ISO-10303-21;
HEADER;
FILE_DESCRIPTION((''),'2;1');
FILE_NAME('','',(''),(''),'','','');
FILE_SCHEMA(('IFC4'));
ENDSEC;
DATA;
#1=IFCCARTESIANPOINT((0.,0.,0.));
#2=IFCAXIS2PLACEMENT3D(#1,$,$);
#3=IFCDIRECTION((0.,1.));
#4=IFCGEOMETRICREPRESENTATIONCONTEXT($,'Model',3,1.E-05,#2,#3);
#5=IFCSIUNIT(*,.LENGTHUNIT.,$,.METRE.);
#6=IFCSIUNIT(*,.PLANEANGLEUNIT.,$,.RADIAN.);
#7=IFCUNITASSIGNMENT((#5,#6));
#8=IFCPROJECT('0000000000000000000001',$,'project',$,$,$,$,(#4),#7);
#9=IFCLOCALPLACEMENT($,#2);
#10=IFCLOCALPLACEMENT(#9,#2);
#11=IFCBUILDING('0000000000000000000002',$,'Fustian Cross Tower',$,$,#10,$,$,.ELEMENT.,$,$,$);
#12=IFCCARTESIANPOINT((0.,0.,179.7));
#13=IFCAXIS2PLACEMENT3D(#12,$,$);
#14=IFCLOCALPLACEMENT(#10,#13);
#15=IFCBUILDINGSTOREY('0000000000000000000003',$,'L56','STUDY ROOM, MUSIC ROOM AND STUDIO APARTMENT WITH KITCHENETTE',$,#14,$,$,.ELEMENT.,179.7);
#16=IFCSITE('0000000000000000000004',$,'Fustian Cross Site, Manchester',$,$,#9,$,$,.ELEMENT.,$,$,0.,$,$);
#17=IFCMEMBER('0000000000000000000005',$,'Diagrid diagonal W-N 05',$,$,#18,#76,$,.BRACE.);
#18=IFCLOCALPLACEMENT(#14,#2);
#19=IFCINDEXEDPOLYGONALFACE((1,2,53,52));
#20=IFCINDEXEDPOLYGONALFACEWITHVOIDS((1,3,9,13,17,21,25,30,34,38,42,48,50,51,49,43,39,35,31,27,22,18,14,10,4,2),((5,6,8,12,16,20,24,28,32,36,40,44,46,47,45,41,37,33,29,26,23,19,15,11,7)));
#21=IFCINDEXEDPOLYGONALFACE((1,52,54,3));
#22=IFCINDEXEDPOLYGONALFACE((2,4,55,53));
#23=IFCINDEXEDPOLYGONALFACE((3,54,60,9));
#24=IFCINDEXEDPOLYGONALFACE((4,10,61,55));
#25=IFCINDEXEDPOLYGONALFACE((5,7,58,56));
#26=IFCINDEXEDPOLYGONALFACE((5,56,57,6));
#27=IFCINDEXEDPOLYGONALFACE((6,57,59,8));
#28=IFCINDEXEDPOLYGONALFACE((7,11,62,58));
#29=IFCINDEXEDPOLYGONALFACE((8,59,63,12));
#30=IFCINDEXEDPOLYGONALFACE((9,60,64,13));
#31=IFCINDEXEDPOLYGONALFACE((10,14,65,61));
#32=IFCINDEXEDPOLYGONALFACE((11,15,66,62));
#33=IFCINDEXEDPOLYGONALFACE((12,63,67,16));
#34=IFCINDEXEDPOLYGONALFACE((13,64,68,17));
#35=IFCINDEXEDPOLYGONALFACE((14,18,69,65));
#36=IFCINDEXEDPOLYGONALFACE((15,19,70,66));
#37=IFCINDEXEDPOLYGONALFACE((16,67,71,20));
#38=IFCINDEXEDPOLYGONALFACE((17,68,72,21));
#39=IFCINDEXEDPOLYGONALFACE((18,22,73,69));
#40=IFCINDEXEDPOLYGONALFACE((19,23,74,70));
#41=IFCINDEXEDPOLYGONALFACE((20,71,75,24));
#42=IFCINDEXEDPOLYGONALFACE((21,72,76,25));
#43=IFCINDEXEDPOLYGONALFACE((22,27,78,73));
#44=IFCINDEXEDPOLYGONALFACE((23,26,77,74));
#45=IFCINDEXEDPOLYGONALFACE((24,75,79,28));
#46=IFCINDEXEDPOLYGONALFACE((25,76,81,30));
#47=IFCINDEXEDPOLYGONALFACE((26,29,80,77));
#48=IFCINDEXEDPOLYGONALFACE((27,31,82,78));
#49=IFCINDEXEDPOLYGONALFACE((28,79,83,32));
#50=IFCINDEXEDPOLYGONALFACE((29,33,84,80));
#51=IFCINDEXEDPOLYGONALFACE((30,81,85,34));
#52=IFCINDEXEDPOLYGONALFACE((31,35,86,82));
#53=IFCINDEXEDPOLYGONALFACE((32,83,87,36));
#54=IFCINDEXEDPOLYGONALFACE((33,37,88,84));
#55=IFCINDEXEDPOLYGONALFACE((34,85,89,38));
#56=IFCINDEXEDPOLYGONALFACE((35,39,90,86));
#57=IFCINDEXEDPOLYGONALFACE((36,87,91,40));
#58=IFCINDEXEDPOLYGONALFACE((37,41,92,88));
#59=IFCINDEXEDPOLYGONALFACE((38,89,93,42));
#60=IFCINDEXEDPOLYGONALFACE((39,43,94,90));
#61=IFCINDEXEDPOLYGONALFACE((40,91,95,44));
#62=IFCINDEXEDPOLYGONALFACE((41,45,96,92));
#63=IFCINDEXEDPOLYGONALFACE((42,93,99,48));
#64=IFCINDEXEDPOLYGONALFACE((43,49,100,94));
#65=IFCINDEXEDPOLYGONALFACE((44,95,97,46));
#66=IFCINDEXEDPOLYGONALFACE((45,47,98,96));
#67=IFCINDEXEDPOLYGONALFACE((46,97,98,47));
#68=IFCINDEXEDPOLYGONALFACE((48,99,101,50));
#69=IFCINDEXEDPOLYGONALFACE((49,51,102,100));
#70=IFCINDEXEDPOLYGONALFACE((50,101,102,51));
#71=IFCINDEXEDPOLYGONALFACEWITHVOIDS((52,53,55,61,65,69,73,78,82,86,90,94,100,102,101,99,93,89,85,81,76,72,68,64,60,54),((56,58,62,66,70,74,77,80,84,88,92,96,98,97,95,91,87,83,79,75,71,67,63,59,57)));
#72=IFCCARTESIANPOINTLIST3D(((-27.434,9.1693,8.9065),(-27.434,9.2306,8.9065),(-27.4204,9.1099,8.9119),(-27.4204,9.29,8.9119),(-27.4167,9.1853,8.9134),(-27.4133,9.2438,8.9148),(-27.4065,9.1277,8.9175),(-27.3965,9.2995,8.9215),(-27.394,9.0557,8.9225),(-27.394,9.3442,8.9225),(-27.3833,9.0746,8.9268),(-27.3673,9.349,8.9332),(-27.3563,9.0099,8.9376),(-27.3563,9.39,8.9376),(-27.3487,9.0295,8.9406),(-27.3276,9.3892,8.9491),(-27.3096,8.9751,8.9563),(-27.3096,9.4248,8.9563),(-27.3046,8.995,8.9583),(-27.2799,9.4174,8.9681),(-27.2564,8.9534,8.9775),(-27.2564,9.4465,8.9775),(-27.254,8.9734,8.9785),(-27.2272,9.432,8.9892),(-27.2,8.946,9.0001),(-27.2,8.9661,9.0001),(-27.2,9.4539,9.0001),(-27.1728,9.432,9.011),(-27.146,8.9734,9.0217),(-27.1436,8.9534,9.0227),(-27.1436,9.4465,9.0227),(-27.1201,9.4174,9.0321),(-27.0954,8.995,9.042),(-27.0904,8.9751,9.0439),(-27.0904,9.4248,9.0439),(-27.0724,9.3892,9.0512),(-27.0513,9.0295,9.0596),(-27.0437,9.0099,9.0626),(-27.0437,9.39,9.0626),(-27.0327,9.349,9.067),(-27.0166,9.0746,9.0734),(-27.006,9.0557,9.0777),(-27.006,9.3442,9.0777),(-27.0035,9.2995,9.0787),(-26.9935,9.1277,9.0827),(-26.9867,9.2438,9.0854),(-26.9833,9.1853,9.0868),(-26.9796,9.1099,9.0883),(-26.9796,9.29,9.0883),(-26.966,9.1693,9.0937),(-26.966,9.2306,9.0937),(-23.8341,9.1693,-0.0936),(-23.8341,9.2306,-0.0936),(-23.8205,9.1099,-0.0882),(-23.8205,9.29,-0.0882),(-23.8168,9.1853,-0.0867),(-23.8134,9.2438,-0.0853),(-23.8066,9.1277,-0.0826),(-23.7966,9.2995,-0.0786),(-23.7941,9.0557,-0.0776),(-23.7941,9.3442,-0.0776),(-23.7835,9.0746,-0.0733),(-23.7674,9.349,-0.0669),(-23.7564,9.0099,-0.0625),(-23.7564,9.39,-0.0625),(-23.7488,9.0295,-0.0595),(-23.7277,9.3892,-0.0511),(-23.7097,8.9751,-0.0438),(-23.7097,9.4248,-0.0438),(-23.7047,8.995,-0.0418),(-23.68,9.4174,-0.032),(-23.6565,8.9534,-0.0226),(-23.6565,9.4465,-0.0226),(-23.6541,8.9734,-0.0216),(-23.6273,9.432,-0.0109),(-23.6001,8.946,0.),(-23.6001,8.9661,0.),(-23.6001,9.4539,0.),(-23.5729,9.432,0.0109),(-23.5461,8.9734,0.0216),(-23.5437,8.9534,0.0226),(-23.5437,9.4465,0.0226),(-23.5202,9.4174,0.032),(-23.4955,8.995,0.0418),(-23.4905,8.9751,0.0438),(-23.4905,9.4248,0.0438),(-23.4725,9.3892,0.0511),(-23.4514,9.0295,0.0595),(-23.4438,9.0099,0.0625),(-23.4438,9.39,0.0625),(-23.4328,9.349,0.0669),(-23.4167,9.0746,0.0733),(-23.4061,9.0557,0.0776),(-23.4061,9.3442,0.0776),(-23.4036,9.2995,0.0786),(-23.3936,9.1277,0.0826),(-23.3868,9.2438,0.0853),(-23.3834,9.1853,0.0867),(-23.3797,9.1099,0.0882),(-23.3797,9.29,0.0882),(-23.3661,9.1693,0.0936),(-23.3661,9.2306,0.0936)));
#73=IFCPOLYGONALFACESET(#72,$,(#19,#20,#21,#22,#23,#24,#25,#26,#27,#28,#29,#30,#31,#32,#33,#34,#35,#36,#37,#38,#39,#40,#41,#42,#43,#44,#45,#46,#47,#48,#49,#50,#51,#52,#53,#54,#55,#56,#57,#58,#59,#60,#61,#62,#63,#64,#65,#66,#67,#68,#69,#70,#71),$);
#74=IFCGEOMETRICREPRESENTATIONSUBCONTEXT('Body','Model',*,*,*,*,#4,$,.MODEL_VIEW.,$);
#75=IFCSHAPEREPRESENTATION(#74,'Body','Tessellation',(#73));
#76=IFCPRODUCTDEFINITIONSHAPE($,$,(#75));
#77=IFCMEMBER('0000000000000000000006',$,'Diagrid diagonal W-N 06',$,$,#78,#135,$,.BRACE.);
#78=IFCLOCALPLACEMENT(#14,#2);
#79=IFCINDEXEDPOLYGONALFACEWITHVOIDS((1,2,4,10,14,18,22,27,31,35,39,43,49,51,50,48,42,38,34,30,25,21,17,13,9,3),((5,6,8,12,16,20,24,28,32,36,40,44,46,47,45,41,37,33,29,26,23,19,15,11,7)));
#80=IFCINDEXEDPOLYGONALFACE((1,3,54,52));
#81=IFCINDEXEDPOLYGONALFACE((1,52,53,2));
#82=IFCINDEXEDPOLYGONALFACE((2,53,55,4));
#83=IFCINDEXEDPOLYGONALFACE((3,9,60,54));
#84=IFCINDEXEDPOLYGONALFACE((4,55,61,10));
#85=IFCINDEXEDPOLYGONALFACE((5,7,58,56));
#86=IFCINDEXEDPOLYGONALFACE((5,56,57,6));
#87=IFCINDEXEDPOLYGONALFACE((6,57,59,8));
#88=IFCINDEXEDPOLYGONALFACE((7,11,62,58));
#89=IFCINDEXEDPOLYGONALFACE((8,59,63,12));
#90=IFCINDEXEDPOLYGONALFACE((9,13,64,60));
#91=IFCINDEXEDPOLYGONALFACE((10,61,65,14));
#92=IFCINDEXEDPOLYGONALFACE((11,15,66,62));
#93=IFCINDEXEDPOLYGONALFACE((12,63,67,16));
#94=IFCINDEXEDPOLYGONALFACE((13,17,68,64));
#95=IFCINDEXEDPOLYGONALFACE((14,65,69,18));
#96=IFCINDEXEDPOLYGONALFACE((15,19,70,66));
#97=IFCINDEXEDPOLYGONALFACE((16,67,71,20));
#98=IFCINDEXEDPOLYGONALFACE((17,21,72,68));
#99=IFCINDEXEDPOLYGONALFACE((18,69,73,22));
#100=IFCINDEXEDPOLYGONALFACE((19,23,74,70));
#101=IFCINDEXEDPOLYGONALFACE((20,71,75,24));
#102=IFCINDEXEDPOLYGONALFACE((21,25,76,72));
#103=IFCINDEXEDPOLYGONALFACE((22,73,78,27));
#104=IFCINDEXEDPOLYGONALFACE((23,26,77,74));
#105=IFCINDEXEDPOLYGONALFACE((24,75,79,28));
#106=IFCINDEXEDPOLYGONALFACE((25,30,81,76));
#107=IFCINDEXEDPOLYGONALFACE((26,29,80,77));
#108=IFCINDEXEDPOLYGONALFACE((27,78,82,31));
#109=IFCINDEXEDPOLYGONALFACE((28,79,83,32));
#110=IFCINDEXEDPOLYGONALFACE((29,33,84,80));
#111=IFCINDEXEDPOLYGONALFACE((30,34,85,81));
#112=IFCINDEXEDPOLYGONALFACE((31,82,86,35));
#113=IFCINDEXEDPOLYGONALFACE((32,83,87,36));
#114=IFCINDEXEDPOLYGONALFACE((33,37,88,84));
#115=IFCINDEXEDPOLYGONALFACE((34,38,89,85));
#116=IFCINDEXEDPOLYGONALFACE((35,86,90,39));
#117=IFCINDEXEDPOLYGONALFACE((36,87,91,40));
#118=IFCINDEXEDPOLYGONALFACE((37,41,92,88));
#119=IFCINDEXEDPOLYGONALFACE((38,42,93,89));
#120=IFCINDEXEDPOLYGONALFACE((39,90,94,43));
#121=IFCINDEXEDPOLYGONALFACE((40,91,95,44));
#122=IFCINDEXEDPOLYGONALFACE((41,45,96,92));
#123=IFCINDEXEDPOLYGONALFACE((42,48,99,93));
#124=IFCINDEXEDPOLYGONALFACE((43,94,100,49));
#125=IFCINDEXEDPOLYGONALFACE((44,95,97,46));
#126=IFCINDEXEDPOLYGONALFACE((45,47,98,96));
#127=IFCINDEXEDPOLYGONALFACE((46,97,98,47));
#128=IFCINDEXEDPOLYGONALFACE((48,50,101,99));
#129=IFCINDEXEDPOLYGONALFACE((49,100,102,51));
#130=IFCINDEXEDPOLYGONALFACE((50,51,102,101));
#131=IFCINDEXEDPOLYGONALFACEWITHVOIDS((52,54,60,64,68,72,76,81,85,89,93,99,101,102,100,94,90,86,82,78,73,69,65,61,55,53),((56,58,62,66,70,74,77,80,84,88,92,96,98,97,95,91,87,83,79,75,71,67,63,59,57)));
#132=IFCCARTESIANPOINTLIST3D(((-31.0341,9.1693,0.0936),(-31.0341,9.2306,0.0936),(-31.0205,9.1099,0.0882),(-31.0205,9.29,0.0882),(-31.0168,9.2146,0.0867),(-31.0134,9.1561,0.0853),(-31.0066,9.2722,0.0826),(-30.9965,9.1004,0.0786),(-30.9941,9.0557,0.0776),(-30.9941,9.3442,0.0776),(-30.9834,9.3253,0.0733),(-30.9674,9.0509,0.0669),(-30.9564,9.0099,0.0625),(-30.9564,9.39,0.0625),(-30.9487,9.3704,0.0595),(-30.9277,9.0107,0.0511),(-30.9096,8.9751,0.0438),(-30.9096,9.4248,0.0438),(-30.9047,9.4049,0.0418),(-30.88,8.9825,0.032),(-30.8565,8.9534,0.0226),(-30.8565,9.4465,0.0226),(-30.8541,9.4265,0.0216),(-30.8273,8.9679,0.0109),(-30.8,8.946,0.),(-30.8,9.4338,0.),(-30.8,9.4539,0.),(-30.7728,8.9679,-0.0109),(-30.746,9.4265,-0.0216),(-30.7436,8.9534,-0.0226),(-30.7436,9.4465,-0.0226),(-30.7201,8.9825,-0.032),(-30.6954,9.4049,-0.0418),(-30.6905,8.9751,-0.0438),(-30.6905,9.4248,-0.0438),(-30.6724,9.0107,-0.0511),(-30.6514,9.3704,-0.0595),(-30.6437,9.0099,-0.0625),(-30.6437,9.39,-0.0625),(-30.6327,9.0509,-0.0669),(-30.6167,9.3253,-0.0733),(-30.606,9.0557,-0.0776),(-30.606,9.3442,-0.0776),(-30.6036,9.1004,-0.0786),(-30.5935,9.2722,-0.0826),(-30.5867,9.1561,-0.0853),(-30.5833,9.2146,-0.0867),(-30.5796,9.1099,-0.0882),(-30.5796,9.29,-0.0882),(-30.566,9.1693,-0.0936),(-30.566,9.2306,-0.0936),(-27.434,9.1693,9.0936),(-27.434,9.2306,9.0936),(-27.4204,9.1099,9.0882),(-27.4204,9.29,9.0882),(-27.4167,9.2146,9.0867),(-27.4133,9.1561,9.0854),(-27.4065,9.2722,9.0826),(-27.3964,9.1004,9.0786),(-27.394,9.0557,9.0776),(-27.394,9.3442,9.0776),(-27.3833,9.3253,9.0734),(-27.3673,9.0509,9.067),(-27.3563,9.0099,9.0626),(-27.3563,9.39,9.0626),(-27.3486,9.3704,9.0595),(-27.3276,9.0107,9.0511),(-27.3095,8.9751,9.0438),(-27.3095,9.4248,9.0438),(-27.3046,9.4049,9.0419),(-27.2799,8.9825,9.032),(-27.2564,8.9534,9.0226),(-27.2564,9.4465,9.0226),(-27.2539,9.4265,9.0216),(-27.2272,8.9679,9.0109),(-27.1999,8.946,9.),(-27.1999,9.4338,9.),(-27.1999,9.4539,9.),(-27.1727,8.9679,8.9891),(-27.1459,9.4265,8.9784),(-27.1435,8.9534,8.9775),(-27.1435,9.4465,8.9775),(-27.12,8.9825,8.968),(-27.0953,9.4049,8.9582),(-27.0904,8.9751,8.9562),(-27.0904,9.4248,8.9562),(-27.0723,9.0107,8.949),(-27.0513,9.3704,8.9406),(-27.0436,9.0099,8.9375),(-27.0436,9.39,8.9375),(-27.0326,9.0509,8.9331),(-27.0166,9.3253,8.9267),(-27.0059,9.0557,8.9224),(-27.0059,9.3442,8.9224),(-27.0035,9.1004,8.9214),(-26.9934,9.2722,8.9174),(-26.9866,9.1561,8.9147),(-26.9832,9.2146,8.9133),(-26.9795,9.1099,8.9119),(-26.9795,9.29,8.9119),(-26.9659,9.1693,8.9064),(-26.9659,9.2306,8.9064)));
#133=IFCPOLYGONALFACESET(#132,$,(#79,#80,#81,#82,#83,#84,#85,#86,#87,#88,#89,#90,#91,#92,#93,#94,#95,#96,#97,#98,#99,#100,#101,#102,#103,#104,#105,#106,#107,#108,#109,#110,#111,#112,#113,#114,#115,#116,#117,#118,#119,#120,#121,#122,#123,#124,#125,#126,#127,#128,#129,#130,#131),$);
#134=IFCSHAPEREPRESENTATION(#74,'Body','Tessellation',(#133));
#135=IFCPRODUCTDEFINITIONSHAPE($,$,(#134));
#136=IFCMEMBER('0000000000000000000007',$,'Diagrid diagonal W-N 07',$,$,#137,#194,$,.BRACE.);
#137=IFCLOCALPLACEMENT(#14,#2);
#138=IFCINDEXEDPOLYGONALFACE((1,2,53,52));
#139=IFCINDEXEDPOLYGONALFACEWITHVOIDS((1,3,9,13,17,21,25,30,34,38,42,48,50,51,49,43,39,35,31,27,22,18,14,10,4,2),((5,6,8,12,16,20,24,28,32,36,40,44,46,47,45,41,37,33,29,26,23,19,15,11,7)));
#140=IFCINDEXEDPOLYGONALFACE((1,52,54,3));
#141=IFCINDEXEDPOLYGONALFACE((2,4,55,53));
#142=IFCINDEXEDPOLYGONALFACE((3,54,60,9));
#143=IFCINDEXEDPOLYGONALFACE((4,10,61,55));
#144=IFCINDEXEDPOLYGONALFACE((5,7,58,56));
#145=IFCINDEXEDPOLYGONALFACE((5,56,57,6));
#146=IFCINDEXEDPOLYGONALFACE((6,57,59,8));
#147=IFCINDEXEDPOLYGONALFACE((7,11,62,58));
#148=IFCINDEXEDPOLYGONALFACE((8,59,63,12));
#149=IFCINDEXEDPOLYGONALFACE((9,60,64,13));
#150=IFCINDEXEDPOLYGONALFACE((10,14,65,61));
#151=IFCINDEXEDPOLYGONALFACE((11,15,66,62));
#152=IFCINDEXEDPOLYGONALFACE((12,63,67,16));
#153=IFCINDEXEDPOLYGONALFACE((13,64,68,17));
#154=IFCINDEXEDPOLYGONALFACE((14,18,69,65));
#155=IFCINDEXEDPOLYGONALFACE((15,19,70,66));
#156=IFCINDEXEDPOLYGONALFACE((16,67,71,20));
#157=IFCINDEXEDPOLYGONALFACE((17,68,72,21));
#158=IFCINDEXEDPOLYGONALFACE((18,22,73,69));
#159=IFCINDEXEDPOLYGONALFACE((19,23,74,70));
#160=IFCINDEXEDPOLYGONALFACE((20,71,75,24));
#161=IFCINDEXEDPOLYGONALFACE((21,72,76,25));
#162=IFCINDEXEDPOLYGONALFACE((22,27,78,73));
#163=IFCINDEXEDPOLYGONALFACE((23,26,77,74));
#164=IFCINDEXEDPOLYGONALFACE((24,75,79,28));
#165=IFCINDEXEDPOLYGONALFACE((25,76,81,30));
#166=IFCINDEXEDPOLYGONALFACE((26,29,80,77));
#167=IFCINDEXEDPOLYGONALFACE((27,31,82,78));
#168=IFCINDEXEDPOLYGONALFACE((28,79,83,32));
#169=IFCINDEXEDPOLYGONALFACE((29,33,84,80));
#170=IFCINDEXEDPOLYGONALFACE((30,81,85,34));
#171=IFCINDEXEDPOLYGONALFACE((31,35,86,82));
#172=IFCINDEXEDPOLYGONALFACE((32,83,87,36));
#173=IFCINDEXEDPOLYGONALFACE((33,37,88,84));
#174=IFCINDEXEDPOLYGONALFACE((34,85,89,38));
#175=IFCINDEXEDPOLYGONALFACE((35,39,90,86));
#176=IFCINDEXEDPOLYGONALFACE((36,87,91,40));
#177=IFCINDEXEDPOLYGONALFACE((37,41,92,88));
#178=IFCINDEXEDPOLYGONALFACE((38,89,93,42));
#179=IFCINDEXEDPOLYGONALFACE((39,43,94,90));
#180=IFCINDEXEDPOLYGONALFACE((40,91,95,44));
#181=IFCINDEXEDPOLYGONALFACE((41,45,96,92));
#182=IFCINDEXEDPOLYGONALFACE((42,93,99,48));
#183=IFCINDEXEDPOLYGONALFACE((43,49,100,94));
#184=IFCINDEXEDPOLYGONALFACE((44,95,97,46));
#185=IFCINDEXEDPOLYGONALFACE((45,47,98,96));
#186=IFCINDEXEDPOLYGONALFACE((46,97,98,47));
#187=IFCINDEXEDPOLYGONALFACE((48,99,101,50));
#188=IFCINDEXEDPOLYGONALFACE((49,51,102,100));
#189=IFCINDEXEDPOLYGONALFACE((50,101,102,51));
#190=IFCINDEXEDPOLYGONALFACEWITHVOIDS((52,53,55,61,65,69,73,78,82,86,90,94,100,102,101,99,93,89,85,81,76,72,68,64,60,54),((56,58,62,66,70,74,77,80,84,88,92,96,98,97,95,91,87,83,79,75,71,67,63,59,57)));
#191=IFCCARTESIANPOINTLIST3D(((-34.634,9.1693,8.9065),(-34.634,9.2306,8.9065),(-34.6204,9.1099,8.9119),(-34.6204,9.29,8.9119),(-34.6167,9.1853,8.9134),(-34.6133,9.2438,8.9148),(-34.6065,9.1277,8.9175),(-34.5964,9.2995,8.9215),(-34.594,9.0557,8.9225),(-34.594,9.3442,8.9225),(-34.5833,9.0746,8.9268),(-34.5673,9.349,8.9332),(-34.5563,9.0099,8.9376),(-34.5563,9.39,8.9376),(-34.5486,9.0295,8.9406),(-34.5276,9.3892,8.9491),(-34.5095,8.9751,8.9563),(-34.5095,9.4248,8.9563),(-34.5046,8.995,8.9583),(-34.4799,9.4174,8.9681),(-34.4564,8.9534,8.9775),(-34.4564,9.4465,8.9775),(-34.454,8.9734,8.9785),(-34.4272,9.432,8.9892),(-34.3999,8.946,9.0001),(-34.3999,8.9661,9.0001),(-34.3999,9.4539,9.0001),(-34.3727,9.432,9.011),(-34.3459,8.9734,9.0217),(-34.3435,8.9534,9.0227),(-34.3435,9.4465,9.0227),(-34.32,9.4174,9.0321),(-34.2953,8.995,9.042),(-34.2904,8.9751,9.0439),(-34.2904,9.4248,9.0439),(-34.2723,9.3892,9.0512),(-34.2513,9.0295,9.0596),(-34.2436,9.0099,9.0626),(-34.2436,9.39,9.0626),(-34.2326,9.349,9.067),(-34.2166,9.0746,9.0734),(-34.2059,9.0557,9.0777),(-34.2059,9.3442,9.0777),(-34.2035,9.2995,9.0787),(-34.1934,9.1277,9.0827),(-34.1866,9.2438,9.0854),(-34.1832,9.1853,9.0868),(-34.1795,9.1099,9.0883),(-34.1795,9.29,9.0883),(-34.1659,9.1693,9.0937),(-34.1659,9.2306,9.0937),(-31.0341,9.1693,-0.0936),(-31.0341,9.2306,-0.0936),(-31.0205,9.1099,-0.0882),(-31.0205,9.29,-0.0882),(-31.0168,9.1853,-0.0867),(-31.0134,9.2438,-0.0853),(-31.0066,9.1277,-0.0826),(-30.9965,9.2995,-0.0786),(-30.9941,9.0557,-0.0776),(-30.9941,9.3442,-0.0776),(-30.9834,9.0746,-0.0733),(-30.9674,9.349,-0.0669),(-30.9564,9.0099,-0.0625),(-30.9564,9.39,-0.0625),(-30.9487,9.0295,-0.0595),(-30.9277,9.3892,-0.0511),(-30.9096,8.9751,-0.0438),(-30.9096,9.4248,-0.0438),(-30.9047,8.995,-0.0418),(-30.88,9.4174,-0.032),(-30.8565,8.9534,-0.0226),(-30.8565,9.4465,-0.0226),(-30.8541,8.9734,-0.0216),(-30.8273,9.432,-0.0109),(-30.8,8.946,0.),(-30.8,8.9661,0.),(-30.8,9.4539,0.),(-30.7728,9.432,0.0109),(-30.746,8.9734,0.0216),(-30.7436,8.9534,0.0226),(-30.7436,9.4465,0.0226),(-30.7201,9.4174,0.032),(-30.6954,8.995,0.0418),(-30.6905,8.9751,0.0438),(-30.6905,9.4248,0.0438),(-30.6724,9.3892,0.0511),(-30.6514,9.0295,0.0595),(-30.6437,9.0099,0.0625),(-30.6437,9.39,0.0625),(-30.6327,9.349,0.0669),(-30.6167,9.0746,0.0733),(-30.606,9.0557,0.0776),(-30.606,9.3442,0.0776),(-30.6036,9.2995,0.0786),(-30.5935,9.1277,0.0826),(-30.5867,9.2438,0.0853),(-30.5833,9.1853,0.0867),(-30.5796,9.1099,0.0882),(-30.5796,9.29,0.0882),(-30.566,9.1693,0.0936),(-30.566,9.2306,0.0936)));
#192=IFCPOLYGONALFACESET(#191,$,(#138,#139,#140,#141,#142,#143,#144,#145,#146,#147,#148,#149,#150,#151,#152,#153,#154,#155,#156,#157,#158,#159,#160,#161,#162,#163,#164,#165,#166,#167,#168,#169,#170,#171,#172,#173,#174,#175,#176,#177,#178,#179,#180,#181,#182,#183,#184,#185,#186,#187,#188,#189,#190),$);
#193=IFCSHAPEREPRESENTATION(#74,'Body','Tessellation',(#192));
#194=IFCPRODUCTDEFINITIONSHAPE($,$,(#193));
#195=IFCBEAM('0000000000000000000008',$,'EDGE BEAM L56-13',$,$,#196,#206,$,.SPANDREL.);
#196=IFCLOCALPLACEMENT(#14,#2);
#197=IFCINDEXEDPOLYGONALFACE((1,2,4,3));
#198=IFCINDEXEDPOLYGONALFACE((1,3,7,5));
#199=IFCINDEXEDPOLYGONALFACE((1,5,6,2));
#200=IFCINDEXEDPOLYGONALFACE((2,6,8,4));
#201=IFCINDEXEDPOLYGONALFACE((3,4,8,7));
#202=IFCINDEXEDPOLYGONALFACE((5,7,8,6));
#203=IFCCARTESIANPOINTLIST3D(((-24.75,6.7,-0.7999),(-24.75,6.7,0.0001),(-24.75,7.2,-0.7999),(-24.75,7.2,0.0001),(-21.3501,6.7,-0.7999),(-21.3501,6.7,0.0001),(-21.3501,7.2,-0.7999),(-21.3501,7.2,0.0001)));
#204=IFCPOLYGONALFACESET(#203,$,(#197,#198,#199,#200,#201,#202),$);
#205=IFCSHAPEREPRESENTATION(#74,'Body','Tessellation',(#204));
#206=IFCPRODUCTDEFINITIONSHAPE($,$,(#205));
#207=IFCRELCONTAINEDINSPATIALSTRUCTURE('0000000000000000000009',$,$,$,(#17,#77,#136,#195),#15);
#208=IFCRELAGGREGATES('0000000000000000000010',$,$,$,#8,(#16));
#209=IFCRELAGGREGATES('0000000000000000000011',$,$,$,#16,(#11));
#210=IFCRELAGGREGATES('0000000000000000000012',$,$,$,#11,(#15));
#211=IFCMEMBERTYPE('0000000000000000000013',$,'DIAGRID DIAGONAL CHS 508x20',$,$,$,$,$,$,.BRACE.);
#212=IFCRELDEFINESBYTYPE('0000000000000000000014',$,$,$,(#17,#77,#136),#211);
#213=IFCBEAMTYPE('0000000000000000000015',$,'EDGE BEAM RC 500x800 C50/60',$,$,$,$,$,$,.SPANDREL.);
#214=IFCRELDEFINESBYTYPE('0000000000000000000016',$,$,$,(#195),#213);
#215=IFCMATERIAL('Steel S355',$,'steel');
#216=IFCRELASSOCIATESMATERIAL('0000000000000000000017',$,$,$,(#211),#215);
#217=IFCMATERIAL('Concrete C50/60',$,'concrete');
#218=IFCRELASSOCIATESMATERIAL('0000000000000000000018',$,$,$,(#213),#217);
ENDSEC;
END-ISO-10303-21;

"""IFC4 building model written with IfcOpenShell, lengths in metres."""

from ifc_helpers import new_model, si_unit, direction, frame, origin, origin_2d, place, context, subcontext, project, spatial, rectangle, hollow_circle, extrude, material, material_profile, profile_set, type_object, element, save


model = new_model("IFC4")

# Units and contexts
model_context = context("Model", 3, precision=1e-05, world=origin(), true_north=direction((0.0, 1.0)))
body_context = subcontext(model_context, "Body", "Model", "MODEL_VIEW")
ifc_project = project(units=[si_unit("LENGTHUNIT", "METRE"), si_unit("PLANEANGLEUNIT", "RADIAN")], contexts=[model_context])

# Site, building, storey
site_placement = place(None, origin())
site = spatial("IfcSite", under=ifc_project, at=site_placement, Name="Fustian Cross Site, Manchester", CompositionType="ELEMENT", RefElevation=0.0)
building_placement = place(site_placement, origin())
building = spatial("IfcBuilding", under=site, at=building_placement, Name="Fustian Cross Tower", CompositionType="ELEMENT")
storey_placement = place(building_placement, frame((0.0, 0.0, 179.7)))
storey = spatial("IfcBuildingStorey", under=building, at=storey_placement, Name="L56", Description="STUDY ROOM, MUSIC ROOM AND STUDIO APARTMENT WITH KITCHENETTE", CompositionType="ELEMENT", Elevation=179.7)

# Members
ifc_material_1 = material(Name="Steel S355", Category="steel")
ifc_material_profile_1 = material_profile(ifc_material_1, hollow_circle(Radius=0.2539, WallThickness=0.02, at=origin_2d()), Name="CHS 508x20")
ifc_profile_set_1 = profile_set([ifc_material_profile_1], Name="Steel S355")
member_type = type_object("IfcMemberType", Name="DIAGRID DIAGONAL CHS 508x20", PredefinedType="BRACE", material=ifc_profile_set_1)
for number, where, z_axis, x_axis, name in (
    (1, (-23.6001, 9.2, 0.0), (-0.371378, 0.0, 0.928482), (0.0, -1.0, 0.0), "Diagrid diagonal W-N 05"),
    (2, (-30.8, 9.2, 0.0), (0.371399, 0.0, 0.928473), (0.0, 1.0, 0.0), "Diagrid diagonal W-N 06"),
    (3, (-30.8, 9.2, 0.0), (-0.371378, 0.0, 0.928482), (0.0, -1.0, 0.0), "Diagrid diagonal W-N 07"),
):
    element("IfcMember", number, at=place(storey_placement, frame(where, z_axis=z_axis, x_axis=x_axis)), inside=storey, type_object=member_type, Name=name, PredefinedType="BRACE", context=body_context, shape_type="SweptSolid", body=[
        extrude(hollow_circle(Radius=0.2539, WallThickness=0.02, at=origin_2d()), origin(), (0.0, 0.0, 1.0), 9.6934),
    ])

# Beam
ifc_material_2 = material(Name="Concrete C50/60", Category="concrete")
ifc_material_profile_2 = material_profile(ifc_material_2, rectangle(XDim=0.5, YDim=0.8, at=origin_2d()), Name="RC 500x800")
ifc_profile_set_2 = profile_set([ifc_material_profile_2], Name="Concrete C50/60")
beam_type = type_object("IfcBeamType", Name="EDGE BEAM RC 500x800 C50/60", PredefinedType="SPANDREL", material=ifc_profile_set_2)
beam_1_placement = place(storey_placement, frame((-21.3501, 6.95, -0.3999), z_axis=(-1.0, 0.0, 0.0), x_axis=(0.0, -1.0, 0.0)))
element("IfcBeam", 4, at=beam_1_placement, inside=storey, type_object=beam_type, Name="EDGE BEAM L56-13", PredefinedType="SPANDREL", context=body_context, shape_type="SweptSolid", body=[
    extrude(rectangle(XDim=0.5, YDim=0.8, at=origin_2d()), origin(), (0.0, 0.0, 1.0), 3.3999),
])

save(model, "model.ifc")
